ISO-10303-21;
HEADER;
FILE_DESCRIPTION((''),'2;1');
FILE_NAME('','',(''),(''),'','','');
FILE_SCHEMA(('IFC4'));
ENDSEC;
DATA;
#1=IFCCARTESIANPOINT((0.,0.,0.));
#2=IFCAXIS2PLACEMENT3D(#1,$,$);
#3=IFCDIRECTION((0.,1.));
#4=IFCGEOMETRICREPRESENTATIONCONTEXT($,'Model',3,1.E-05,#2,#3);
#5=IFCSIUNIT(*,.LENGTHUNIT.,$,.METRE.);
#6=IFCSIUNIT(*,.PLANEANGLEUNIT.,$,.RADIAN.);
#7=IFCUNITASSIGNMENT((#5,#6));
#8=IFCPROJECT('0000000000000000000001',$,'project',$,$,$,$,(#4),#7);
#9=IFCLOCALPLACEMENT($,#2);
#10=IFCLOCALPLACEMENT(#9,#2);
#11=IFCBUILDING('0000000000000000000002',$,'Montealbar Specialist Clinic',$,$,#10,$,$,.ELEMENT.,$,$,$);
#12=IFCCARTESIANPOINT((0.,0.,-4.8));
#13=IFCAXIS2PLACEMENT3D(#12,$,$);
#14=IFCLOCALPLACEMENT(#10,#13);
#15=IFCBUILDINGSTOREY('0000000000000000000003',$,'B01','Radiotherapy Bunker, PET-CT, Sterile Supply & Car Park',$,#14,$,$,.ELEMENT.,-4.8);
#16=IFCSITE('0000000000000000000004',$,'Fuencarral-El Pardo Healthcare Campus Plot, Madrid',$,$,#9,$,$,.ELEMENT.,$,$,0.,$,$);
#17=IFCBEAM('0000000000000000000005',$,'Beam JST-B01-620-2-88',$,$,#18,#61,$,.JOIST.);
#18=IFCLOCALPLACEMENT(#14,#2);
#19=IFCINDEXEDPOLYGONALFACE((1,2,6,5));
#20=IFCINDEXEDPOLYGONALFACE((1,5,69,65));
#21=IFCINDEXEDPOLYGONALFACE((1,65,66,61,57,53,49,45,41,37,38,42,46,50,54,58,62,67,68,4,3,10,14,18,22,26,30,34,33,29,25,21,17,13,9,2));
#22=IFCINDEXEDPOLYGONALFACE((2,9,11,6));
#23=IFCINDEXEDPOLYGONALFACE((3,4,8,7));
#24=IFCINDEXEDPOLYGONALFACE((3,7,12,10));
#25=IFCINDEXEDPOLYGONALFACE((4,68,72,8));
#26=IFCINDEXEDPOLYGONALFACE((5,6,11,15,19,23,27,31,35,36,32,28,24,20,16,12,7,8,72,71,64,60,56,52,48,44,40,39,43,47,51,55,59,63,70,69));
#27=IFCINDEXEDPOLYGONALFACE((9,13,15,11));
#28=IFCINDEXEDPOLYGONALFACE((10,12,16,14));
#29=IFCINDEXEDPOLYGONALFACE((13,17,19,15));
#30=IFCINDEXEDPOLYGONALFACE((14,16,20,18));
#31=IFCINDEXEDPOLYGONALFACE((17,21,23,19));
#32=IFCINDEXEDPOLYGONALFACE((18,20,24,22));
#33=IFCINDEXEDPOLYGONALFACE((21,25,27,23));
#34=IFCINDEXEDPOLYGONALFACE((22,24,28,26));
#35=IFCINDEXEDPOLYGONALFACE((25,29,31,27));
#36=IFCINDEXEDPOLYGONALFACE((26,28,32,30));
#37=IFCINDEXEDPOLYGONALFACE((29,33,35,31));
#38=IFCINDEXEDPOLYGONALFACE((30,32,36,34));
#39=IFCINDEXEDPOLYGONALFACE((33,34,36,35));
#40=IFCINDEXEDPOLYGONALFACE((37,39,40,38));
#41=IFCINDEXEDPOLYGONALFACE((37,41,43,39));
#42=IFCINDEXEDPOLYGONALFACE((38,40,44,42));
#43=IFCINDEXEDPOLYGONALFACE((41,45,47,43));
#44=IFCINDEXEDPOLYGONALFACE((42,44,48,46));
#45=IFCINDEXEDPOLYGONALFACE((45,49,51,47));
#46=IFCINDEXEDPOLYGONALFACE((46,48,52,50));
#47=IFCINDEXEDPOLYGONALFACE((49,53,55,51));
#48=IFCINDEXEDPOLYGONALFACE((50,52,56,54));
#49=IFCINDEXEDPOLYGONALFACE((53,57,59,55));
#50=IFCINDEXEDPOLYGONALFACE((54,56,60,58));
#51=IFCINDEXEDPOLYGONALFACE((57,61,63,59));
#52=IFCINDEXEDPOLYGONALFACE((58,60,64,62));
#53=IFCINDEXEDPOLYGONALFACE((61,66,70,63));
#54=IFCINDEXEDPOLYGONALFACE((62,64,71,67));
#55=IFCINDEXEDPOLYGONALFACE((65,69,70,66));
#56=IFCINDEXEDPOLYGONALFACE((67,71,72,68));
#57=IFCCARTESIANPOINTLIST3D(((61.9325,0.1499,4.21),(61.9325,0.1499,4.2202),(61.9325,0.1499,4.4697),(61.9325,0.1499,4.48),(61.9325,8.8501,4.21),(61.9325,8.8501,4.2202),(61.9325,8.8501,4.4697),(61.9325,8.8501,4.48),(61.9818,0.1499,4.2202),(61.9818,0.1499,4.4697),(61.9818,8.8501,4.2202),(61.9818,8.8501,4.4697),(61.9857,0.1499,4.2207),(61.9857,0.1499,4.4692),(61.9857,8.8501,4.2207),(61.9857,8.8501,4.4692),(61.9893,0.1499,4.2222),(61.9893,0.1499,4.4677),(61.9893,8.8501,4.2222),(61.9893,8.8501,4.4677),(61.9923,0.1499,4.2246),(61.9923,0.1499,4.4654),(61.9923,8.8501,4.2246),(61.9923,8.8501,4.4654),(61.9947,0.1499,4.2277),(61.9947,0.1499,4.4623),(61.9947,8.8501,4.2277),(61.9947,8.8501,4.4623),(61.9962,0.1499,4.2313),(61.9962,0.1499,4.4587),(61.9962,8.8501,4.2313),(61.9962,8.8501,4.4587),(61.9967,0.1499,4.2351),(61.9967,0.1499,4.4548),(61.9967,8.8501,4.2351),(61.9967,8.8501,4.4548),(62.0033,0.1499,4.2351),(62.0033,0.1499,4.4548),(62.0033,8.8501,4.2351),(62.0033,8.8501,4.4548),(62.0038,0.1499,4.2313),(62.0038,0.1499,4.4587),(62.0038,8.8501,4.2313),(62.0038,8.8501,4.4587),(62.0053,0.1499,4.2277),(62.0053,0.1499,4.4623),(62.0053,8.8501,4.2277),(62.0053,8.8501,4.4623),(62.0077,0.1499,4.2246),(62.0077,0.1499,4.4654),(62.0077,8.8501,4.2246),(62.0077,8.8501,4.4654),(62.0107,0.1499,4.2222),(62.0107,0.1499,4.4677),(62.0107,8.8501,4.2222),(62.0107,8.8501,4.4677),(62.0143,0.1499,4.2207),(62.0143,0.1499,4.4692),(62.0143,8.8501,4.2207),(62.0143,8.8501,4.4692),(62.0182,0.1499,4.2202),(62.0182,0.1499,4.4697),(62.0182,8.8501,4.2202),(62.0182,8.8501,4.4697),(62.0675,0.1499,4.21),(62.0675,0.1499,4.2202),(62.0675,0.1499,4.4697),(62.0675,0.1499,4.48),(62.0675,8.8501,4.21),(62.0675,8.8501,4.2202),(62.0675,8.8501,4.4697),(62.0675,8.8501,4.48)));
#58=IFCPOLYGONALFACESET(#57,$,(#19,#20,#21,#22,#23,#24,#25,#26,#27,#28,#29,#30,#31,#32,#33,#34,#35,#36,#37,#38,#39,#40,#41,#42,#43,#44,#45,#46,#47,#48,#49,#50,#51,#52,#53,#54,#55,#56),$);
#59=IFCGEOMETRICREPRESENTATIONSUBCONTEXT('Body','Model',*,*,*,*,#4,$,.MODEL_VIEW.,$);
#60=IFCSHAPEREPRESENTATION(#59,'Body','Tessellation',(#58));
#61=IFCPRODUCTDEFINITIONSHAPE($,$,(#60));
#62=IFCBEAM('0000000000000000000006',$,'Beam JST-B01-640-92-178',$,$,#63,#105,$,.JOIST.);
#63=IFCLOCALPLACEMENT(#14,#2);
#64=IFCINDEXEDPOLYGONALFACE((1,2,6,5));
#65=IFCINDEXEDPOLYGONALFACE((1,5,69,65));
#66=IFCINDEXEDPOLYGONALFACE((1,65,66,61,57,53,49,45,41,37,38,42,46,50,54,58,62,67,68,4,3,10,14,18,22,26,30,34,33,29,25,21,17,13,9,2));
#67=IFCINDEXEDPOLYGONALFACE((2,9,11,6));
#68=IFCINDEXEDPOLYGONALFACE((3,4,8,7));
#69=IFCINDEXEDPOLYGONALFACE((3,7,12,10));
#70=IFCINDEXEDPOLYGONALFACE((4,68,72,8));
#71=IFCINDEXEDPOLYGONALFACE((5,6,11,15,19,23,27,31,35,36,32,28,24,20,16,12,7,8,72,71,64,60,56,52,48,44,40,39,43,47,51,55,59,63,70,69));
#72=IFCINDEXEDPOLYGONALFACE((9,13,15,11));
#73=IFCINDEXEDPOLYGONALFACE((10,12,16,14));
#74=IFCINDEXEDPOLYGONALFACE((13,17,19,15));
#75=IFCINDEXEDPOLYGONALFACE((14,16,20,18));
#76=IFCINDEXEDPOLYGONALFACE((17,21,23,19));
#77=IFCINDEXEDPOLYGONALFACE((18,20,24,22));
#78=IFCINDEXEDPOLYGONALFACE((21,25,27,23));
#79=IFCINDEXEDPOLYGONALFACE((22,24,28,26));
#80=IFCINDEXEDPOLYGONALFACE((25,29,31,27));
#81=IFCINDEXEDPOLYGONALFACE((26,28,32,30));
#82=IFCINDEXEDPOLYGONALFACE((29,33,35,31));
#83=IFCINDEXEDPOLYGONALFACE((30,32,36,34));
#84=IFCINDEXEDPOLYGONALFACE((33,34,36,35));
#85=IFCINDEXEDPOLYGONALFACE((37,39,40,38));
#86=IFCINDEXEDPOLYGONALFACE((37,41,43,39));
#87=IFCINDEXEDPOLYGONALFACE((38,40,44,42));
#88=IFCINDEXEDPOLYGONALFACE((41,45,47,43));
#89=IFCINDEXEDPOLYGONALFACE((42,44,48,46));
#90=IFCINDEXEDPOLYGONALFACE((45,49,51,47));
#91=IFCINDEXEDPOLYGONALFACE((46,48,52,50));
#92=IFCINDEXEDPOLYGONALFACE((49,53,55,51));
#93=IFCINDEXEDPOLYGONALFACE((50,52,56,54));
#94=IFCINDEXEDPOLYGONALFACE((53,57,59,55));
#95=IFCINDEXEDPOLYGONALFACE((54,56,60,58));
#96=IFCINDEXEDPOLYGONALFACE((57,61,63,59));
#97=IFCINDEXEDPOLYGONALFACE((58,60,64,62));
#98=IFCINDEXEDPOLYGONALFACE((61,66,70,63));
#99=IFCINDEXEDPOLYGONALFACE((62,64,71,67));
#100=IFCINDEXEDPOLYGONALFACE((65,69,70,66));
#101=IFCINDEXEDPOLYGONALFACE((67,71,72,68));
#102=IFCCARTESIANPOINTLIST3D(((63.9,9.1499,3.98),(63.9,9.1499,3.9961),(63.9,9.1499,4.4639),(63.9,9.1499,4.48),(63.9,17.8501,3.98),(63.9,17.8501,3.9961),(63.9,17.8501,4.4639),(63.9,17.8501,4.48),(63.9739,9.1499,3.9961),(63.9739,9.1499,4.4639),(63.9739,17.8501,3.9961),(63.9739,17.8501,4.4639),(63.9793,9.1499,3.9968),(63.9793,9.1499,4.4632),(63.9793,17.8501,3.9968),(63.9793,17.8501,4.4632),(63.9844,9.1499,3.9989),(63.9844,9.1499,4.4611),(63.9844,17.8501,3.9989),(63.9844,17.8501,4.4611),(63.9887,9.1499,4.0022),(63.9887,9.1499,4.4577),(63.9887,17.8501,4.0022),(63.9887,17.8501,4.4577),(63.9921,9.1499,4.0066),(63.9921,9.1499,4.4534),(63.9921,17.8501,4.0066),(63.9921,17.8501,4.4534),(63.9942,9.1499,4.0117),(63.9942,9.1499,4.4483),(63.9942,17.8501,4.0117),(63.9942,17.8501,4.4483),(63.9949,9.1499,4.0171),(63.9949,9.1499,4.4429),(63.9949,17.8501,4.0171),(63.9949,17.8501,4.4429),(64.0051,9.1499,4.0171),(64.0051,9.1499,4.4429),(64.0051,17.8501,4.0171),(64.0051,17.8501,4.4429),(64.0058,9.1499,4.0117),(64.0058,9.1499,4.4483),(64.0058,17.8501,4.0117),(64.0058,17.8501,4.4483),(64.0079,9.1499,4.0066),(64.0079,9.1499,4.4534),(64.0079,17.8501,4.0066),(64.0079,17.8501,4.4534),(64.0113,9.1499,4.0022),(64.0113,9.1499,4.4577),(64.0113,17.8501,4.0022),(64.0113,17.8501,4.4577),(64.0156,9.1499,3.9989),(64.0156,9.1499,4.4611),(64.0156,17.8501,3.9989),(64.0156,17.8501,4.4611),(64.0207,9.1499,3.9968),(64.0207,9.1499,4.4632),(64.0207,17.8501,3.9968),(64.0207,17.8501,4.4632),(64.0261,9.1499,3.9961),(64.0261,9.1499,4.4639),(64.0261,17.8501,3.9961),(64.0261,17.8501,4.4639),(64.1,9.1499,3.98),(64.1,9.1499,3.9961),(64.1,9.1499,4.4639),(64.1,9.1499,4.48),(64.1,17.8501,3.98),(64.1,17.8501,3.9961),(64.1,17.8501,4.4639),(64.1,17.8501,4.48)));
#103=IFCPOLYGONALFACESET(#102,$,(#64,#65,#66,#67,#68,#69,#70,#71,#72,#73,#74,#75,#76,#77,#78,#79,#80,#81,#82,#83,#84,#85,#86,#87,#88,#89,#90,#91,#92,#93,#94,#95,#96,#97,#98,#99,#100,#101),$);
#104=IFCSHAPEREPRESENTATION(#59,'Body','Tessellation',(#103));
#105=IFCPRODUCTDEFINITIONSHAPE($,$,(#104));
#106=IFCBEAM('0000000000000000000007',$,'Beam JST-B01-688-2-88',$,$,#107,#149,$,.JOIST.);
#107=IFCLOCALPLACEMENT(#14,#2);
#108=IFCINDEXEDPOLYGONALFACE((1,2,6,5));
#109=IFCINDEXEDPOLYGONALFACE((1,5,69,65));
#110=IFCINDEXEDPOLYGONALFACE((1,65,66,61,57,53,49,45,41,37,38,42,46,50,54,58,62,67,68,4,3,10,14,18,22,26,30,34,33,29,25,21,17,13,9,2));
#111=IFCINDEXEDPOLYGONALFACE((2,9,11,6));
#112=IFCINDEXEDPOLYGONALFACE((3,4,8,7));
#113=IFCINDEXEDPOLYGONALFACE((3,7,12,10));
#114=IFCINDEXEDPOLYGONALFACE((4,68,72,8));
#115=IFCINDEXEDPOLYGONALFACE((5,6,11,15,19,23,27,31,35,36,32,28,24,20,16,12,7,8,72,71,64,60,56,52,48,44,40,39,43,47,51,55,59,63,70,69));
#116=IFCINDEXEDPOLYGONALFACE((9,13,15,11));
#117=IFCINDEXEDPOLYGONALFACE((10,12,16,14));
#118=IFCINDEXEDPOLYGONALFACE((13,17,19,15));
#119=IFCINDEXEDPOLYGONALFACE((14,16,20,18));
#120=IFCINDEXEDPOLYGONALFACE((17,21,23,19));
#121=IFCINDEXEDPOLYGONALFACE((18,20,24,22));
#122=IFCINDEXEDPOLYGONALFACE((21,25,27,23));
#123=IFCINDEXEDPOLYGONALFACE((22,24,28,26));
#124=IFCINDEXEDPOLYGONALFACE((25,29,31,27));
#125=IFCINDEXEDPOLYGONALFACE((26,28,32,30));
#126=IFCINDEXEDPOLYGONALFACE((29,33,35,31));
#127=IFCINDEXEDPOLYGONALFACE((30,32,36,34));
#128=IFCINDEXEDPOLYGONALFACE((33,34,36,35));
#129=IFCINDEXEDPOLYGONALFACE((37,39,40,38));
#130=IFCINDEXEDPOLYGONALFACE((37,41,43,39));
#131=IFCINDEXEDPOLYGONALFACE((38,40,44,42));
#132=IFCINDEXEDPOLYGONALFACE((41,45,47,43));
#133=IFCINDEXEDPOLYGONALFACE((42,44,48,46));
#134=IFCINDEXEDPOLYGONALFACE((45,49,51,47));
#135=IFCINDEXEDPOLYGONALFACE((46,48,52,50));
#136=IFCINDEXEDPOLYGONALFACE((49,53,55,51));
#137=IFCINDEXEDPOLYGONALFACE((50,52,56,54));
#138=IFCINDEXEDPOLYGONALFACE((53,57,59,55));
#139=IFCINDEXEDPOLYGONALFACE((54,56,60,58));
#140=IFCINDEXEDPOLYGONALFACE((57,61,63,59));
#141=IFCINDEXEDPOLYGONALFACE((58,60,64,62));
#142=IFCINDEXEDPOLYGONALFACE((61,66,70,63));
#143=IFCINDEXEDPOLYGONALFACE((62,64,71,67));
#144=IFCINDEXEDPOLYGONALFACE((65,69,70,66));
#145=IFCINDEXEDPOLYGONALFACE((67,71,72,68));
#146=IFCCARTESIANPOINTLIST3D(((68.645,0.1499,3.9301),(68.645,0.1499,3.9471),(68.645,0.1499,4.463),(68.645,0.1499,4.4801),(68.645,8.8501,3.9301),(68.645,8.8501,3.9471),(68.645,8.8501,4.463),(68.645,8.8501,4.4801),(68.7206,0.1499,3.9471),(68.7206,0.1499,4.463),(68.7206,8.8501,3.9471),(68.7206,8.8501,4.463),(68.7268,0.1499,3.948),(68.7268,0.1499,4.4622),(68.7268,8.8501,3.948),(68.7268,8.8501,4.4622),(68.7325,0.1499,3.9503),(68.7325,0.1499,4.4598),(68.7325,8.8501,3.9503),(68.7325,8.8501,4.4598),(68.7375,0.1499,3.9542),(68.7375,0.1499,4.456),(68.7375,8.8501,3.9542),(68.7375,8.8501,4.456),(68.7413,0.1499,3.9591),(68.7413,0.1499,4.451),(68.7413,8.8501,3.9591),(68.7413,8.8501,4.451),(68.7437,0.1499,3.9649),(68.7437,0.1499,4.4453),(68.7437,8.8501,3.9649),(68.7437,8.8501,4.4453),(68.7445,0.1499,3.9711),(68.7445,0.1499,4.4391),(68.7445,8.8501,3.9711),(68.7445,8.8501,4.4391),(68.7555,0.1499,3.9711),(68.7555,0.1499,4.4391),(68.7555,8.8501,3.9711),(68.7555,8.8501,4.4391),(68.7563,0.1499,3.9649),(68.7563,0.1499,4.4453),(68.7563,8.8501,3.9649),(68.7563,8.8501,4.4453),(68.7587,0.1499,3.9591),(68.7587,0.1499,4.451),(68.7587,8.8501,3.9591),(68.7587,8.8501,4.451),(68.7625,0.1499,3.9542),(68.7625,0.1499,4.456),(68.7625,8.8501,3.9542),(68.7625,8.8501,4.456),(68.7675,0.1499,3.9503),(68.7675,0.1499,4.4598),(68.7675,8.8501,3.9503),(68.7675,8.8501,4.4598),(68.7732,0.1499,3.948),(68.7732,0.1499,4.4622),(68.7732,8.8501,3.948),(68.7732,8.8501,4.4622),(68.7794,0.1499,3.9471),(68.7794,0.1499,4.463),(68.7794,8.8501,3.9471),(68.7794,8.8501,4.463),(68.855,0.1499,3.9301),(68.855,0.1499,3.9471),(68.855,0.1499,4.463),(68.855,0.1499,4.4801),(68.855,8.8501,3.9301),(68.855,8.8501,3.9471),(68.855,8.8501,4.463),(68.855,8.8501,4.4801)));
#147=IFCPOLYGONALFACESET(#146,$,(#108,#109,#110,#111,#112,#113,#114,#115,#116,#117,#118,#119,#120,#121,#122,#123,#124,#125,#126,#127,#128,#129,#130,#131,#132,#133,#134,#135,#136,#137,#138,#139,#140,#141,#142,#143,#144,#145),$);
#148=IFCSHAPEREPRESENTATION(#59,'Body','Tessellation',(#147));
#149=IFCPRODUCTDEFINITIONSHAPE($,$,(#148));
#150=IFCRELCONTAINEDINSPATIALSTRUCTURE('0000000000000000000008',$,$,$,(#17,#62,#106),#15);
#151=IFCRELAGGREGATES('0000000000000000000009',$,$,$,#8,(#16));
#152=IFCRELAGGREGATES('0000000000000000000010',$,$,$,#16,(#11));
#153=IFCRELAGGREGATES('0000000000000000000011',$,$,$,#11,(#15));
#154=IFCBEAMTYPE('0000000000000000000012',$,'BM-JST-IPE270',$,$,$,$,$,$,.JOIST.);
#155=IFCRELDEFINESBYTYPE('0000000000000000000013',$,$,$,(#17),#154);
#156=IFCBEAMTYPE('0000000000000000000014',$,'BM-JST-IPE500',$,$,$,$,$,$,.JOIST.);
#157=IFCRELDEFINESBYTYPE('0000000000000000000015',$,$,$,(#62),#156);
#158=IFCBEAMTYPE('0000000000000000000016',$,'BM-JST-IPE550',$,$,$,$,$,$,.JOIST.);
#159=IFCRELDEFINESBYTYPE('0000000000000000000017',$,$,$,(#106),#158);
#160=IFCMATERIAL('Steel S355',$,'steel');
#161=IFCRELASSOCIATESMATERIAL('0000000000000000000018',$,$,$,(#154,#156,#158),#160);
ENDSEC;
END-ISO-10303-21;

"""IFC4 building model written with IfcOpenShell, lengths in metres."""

from ifc_helpers import new_model, si_unit, direction, frame, origin, origin_2d, place, context, subcontext, project, spatial, i_section, extrude, material, material_profile, profile_set, type_object, element, save


model = new_model("IFC4")

# Units and contexts
model_context = context("Model", 3, precision=1e-05, world=origin(), true_north=direction((0.0, 1.0)))
body_context = subcontext(model_context, "Body", "Model", "MODEL_VIEW")
ifc_project = project(units=[si_unit("LENGTHUNIT", "METRE"), si_unit("PLANEANGLEUNIT", "RADIAN")], contexts=[model_context])

# Site, building, storey
site_placement = place(None, origin())
site = spatial("IfcSite", under=ifc_project, at=site_placement, Name="Fuencarral-El Pardo Healthcare Campus Plot, Madrid", CompositionType="ELEMENT", RefElevation=0.0)
building_placement = place(site_placement, origin())
building = spatial("IfcBuilding", under=site, at=building_placement, Name="Montealbar Specialist Clinic", CompositionType="ELEMENT")
storey_placement = place(building_placement, frame((0.0, 0.0, -4.8)))
storey = spatial("IfcBuildingStorey", under=building, at=storey_placement, Name="B01", Description="Radiotherapy Bunker, PET-CT, Sterile Supply & Car Park", CompositionType="ELEMENT", Elevation=-4.8)

# Shared definitions
ifc_material_1 = material(Name="Steel S355", Category="steel")

# Beams
ifc_material_profile_1 = material_profile(ifc_material_1, i_section(OverallWidth=0.135, OverallDepth=0.27, WebThickness=0.0066, FlangeThickness=0.0103, FilletRadius=0.0149, at=origin_2d()), Name="IPE 270", Category="steel")
ifc_profile_set_1 = profile_set([ifc_material_profile_1], Name="Steel S355")
beam_type_1 = type_object("IfcBeamType", Name="BM-JST-IPE270", PredefinedType="JOIST", material=ifc_profile_set_1)
beam_1_placement = place(storey_placement, frame((62.0, 0.1499, 4.345), z_axis=(0.0, 1.0, 0.0), x_axis=(-1.0, 0.0, 0.0)))
element("IfcBeam", 1, at=beam_1_placement, inside=storey, type_object=beam_type_1, Name="Beam JST-B01-620-2-88", PredefinedType="JOIST", context=body_context, shape_type="SweptSolid", body=[
    extrude(i_section(OverallWidth=0.135, OverallDepth=0.27, WebThickness=0.0066, FlangeThickness=0.0103, FilletRadius=0.0149, at=origin_2d()), origin(), (0.0, 0.0, 1.0), 8.7002),
])
ifc_material_profile_2 = material_profile(ifc_material_1, i_section(OverallWidth=0.2, OverallDepth=0.5, WebThickness=0.0103, FlangeThickness=0.0161, FilletRadius=0.021, at=origin_2d()), Name="IPE 500", Category="steel")
ifc_profile_set_2 = profile_set([ifc_material_profile_2], Name="Steel S355")
beam_type_2 = type_object("IfcBeamType", Name="BM-JST-IPE500", PredefinedType="JOIST", material=ifc_profile_set_2)
beam_2_placement = place(storey_placement, frame((64.0, 9.1499, 4.23), z_axis=(0.0, 1.0, 0.0), x_axis=(-1.0, 0.0, 0.0)))
element("IfcBeam", 2, at=beam_2_placement, inside=storey, type_object=beam_type_2, Name="Beam JST-B01-640-92-178", PredefinedType="JOIST", context=body_context, shape_type="SweptSolid", body=[
    extrude(i_section(OverallWidth=0.2, OverallDepth=0.5, WebThickness=0.0103, FlangeThickness=0.0161, FilletRadius=0.021, at=origin_2d()), origin(), (0.0, 0.0, 1.0), 8.7002),
])
ifc_material_profile_3 = material_profile(ifc_material_1, i_section(OverallWidth=0.21, OverallDepth=0.55, WebThickness=0.011, FlangeThickness=0.0171, FilletRadius=0.0239, at=origin_2d()), Name="IPE 550", Category="steel")
ifc_profile_set_3 = profile_set([ifc_material_profile_3], Name="Steel S355")
beam_type_3 = type_object("IfcBeamType", Name="BM-JST-IPE550", PredefinedType="JOIST", material=ifc_profile_set_3)
beam_3_placement = place(storey_placement, frame((68.75, 0.1499, 4.2051), z_axis=(0.0, 1.0, 0.0), x_axis=(-1.0, 0.0, 0.0)))
element("IfcBeam", 3, at=beam_3_placement, inside=storey, type_object=beam_type_3, Name="Beam JST-B01-688-2-88", PredefinedType="JOIST", context=body_context, shape_type="SweptSolid", body=[
    extrude(i_section(OverallWidth=0.21, OverallDepth=0.55, WebThickness=0.011, FlangeThickness=0.0171, FilletRadius=0.0239, at=origin_2d()), origin(), (0.0, 0.0, 1.0), 8.7002),
])

save(model, "model.ifc")
